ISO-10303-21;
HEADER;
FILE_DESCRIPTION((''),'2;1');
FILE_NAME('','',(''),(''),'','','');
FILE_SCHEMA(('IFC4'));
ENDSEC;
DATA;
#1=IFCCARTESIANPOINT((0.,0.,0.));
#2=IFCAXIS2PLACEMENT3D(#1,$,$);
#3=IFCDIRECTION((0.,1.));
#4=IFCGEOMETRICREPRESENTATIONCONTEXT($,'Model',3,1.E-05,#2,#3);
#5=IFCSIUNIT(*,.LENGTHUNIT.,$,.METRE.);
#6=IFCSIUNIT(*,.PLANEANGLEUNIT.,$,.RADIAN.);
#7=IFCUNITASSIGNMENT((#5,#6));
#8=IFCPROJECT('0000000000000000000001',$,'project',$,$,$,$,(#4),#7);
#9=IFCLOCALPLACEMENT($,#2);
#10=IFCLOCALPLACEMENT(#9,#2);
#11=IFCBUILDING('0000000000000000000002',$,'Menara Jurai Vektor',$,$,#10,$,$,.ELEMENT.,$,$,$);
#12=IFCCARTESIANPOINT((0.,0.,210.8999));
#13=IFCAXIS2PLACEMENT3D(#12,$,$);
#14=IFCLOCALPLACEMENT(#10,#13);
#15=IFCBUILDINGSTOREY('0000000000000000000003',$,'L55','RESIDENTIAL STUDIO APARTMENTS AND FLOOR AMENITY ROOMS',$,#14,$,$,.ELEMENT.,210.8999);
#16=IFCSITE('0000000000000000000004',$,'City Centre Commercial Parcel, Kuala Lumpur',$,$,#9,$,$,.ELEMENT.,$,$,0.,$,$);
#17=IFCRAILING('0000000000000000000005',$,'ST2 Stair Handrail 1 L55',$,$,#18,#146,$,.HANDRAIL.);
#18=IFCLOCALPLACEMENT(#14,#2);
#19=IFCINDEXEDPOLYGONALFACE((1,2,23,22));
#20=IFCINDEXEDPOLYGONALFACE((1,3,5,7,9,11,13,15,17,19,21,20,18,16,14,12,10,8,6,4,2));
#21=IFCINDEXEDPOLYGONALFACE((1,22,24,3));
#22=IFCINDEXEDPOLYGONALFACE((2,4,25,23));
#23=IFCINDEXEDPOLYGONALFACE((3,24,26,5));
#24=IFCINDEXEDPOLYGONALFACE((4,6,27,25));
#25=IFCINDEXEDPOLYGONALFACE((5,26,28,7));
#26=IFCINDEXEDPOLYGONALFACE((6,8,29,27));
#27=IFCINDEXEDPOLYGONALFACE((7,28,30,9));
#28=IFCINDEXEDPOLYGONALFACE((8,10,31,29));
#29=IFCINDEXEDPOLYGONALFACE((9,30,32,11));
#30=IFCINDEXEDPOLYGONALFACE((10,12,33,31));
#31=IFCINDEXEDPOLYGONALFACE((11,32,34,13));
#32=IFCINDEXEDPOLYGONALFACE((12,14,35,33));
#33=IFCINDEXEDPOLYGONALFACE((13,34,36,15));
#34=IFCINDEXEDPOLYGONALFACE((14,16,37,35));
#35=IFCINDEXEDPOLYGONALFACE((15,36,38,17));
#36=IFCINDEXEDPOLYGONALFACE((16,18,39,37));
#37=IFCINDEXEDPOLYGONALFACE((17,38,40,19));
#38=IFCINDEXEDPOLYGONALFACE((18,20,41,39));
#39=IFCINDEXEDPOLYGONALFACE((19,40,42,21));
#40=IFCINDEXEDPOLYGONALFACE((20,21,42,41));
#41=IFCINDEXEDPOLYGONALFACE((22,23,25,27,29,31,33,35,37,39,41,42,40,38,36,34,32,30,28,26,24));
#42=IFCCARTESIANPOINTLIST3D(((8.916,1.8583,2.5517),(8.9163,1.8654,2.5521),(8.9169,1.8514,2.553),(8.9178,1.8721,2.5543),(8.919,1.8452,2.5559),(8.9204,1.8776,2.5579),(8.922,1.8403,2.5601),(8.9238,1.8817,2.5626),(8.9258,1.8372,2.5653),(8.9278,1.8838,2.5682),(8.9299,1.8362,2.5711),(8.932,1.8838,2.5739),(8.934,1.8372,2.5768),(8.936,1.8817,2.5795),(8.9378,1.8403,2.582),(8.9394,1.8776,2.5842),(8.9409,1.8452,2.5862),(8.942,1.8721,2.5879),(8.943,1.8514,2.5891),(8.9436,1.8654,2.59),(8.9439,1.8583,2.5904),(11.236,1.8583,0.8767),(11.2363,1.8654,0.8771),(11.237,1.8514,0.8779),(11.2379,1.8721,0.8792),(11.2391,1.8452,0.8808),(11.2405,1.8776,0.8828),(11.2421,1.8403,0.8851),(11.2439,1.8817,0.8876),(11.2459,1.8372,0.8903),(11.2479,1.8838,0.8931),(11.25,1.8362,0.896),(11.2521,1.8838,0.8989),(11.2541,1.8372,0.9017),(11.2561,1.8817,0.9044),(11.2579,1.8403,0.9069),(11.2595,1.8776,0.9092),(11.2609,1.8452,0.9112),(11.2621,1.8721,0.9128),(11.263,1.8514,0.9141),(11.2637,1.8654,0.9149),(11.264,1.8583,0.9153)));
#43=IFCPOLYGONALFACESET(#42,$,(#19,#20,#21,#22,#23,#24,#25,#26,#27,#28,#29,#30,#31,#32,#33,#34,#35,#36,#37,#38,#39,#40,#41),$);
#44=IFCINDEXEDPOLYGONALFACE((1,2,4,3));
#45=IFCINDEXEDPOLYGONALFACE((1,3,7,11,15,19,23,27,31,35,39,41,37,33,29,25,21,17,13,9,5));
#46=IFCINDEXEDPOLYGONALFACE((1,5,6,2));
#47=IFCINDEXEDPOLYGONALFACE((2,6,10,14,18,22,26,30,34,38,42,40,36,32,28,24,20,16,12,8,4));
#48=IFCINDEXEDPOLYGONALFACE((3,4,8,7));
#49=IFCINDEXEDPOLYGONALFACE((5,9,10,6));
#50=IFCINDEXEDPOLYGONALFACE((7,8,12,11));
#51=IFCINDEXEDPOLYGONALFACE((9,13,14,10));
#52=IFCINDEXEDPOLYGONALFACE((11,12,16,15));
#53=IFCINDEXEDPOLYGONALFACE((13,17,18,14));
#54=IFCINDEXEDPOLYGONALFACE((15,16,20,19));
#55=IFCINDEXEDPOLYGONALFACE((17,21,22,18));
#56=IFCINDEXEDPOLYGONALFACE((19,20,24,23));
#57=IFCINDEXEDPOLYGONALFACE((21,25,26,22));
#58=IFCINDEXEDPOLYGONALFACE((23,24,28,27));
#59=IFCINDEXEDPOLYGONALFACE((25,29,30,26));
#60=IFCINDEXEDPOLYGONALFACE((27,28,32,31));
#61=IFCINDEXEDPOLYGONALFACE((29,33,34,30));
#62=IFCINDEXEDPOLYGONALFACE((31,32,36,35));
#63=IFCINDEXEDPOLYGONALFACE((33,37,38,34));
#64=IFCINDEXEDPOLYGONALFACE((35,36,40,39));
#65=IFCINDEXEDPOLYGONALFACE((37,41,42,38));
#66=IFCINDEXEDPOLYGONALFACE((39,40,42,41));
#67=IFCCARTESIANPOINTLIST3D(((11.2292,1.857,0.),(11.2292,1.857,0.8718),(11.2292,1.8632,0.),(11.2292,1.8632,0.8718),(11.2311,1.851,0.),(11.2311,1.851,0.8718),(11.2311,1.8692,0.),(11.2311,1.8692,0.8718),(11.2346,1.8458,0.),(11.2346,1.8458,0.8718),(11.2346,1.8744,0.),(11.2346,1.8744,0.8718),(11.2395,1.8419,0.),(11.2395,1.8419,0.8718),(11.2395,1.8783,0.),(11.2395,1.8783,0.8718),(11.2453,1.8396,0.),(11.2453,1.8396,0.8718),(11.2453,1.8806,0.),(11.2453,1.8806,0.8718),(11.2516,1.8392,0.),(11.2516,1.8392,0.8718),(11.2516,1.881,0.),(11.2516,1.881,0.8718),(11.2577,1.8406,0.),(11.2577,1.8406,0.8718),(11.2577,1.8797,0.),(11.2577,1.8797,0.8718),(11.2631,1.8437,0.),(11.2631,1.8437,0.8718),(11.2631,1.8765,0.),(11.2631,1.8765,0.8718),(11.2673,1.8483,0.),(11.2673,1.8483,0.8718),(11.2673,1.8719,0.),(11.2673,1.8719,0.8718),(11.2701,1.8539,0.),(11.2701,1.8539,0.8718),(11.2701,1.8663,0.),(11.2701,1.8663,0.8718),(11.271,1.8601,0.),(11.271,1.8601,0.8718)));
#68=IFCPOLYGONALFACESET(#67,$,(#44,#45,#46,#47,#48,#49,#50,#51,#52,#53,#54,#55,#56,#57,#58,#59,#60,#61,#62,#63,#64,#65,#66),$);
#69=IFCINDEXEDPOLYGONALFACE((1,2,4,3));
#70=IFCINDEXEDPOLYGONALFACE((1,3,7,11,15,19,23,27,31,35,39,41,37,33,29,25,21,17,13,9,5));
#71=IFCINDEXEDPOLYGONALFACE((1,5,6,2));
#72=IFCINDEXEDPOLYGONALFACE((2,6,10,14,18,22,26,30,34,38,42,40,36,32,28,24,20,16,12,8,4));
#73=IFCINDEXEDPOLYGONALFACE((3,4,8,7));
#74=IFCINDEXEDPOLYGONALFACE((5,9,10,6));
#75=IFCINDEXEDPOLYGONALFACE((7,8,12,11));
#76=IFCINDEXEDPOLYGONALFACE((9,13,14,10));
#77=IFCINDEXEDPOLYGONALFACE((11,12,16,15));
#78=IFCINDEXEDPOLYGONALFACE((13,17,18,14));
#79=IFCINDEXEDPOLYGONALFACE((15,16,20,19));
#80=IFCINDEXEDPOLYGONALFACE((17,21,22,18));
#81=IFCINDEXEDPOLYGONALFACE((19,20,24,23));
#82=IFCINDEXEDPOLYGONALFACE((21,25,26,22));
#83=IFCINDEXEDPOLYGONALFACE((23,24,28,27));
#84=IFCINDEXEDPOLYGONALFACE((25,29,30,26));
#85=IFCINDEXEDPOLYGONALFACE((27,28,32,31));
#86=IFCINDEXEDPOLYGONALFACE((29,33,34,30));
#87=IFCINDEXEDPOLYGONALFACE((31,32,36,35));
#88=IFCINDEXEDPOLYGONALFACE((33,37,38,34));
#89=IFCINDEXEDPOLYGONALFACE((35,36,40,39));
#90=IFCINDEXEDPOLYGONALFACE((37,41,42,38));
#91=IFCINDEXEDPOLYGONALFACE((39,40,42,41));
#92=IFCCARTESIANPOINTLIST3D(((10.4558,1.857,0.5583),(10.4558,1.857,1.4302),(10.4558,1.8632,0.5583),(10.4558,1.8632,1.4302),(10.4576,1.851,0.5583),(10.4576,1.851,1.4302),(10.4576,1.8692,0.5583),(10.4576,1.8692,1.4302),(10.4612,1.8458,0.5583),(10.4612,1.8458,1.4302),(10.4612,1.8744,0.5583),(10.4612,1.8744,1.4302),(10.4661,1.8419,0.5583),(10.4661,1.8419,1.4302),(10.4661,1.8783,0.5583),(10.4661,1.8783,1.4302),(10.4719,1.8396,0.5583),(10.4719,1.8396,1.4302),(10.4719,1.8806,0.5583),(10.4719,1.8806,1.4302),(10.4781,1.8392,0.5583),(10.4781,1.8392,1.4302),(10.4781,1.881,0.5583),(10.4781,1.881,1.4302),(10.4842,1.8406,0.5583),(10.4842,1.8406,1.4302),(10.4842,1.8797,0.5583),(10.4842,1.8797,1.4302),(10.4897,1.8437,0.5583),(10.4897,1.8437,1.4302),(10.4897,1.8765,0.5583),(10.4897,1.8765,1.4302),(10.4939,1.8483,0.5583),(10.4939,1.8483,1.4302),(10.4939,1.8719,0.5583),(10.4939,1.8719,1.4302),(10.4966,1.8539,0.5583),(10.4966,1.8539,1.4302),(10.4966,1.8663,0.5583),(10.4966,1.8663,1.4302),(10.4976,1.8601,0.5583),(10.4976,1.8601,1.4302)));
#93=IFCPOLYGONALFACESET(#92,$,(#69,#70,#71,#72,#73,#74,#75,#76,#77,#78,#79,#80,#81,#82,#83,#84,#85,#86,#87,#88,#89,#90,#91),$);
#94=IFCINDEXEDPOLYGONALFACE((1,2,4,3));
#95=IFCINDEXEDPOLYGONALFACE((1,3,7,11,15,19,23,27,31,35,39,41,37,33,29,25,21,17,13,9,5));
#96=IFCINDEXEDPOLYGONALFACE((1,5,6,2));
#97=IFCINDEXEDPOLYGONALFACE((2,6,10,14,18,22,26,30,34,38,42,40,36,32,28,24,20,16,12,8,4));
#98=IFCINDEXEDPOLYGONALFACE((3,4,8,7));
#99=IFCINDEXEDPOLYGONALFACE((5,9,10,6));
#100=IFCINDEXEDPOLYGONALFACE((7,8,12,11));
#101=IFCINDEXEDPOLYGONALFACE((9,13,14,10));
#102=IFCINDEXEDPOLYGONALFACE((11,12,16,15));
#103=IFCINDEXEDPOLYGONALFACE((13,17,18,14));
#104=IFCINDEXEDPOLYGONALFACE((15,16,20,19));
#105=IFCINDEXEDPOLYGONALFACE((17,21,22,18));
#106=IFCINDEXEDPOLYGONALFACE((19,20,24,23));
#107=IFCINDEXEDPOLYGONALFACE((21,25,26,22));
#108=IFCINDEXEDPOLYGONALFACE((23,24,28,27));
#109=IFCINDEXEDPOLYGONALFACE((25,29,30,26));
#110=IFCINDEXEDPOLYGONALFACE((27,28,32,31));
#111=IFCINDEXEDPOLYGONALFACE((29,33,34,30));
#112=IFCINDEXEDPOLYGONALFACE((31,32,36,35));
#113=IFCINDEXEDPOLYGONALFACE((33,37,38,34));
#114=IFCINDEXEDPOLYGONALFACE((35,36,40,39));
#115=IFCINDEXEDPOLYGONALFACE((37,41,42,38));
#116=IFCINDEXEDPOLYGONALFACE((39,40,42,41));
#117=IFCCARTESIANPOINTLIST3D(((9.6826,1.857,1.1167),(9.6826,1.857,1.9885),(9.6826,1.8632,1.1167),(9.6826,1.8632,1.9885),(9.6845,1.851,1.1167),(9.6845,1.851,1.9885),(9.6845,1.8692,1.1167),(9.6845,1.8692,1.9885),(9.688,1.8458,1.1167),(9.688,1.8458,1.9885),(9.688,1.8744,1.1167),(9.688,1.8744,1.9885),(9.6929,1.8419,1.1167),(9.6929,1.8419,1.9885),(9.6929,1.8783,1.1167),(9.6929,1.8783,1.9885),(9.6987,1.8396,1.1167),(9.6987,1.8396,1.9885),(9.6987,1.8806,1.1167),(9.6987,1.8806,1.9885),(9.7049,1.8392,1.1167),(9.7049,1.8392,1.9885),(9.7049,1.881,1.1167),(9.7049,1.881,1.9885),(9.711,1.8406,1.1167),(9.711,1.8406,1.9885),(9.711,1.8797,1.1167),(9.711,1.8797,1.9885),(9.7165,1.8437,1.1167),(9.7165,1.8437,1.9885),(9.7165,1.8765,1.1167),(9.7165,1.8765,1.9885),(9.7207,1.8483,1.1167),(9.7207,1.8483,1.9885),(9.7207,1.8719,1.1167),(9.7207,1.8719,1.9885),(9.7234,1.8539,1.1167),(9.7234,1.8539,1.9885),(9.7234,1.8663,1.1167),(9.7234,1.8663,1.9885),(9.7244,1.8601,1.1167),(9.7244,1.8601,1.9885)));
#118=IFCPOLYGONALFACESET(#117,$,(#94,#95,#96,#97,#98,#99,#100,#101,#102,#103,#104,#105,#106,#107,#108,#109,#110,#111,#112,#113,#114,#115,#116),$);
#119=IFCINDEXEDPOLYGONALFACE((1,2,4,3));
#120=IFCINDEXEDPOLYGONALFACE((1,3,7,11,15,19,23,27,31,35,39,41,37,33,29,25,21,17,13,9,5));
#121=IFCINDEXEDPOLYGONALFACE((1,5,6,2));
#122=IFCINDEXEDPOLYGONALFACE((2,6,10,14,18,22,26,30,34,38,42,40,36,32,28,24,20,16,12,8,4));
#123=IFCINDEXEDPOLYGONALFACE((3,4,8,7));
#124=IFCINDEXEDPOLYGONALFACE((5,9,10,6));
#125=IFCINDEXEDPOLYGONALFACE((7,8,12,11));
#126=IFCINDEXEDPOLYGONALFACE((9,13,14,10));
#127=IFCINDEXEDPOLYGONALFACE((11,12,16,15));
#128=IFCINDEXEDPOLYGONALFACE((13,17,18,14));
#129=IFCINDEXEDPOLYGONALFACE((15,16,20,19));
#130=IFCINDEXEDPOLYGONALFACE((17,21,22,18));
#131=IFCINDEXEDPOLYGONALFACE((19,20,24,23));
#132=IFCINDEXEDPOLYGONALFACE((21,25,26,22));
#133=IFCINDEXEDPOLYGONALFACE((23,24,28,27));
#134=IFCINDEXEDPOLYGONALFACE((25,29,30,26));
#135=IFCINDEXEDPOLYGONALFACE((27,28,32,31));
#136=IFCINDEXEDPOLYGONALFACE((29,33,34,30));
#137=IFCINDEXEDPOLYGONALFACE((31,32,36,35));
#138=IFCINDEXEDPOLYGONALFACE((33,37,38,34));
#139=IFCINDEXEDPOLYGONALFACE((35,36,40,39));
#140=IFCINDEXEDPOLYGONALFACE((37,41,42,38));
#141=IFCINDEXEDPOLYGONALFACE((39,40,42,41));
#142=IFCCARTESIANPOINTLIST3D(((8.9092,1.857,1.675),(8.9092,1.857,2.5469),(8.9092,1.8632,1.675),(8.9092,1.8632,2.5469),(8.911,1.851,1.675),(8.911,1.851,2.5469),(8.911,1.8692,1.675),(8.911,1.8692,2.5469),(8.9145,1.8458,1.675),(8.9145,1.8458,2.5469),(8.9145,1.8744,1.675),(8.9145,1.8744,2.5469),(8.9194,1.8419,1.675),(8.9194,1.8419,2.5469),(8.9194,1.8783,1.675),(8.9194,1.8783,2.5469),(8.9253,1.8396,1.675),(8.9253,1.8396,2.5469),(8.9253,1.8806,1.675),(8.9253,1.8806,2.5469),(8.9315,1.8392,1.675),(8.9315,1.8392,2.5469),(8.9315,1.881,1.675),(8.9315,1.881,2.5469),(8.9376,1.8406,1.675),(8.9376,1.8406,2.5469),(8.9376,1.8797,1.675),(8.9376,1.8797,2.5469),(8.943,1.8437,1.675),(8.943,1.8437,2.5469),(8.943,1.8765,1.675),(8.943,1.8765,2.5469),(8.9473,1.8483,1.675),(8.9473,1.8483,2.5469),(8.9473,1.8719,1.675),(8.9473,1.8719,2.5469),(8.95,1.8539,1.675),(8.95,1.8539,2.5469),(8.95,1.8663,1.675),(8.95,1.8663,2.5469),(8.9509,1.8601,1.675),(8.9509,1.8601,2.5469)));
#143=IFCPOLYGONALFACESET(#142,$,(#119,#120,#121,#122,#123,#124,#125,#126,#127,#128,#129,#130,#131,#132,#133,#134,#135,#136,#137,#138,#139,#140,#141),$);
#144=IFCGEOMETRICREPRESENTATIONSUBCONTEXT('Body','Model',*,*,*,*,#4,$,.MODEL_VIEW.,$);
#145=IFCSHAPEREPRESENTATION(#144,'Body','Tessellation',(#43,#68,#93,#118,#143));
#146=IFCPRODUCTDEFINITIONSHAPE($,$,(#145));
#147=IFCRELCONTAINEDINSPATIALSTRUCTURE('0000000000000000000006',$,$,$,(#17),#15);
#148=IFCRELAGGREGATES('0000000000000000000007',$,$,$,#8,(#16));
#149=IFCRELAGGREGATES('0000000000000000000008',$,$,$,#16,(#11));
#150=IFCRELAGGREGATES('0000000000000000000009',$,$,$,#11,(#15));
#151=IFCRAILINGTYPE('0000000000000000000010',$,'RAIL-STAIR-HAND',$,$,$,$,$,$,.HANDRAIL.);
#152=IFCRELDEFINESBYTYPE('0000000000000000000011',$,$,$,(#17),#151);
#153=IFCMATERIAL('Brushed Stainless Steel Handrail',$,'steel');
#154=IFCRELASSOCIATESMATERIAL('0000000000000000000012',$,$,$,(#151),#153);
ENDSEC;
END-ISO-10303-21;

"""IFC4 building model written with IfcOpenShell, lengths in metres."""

from ifc_helpers import new_model, si_unit, direction, frame, origin, origin_2d, place, context, subcontext, project, spatial, circle, extrude, material, type_object, element, save


model = new_model("IFC4")

# Units and contexts
model_context = context("Model", 3, precision=1e-05, world=origin(), true_north=direction((0.0, 1.0)))
body_context = subcontext(model_context, "Body", "Model", "MODEL_VIEW")
ifc_project = project(units=[si_unit("LENGTHUNIT", "METRE"), si_unit("PLANEANGLEUNIT", "RADIAN")], contexts=[model_context])

# Site, building, storey
site_placement = place(None, origin())
site = spatial("IfcSite", under=ifc_project, at=site_placement, Name="City Centre Commercial Parcel, Kuala Lumpur", CompositionType="ELEMENT", RefElevation=0.0)
building_placement = place(site_placement, origin())
building = spatial("IfcBuilding", under=site, at=building_placement, Name="Menara Jurai Vektor", CompositionType="ELEMENT")
storey_placement = place(building_placement, frame((0.0, 0.0, 210.8999)))
storey = spatial("IfcBuildingStorey", under=building, at=storey_placement, Name="L55", Description="RESIDENTIAL STUDIO APARTMENTS AND FLOOR AMENITY ROOMS", CompositionType="ELEMENT", Elevation=210.8999)

# Railing
ifc_material_1 = material(Name="Brushed Stainless Steel Handrail", Category="steel")
railing_type_1 = type_object("IfcRailingType", Name="RAIL-STAIR-HAND", PredefinedType="HANDRAIL", material=ifc_material_1)
railing_1_placement = place(storey_placement, frame((11.25, 1.8601, 0.0)))
element("IfcRailing", 1, at=railing_1_placement, inside=storey, type_object=railing_type_1, Name="ST2 Stair Handrail 1 L55", PredefinedType="HANDRAIL", context=body_context, shape_type="SweptSolid", body=[
    extrude(circle(Radius=0.0239, at=origin_2d()), frame((0.0, 0.0, 0.896), z_axis=(-0.810771, 0.0, 0.585363), x_axis=(0.0, -1.0, 0.0)), (0.0, 0.0, 1.0), 2.8616),
    extrude(circle(Radius=0.021, at=origin_2d()), origin(), (0.0, 0.0, 1.0), 0.8718),
    extrude(circle(Radius=0.021, at=origin_2d()), frame((-0.7734, 0.0, 0.5583)), (0.0, 0.0, 1.0), 0.8718),
    extrude(circle(Radius=0.021, at=origin_2d()), frame((-1.5466, 0.0, 1.1167)), (0.0, 0.0, 1.0), 0.8718),
    extrude(circle(Radius=0.021, at=origin_2d()), frame((-2.3201, 0.0, 1.675)), (0.0, 0.0, 1.0), 0.8718),
])

save(model, "model.ifc")
